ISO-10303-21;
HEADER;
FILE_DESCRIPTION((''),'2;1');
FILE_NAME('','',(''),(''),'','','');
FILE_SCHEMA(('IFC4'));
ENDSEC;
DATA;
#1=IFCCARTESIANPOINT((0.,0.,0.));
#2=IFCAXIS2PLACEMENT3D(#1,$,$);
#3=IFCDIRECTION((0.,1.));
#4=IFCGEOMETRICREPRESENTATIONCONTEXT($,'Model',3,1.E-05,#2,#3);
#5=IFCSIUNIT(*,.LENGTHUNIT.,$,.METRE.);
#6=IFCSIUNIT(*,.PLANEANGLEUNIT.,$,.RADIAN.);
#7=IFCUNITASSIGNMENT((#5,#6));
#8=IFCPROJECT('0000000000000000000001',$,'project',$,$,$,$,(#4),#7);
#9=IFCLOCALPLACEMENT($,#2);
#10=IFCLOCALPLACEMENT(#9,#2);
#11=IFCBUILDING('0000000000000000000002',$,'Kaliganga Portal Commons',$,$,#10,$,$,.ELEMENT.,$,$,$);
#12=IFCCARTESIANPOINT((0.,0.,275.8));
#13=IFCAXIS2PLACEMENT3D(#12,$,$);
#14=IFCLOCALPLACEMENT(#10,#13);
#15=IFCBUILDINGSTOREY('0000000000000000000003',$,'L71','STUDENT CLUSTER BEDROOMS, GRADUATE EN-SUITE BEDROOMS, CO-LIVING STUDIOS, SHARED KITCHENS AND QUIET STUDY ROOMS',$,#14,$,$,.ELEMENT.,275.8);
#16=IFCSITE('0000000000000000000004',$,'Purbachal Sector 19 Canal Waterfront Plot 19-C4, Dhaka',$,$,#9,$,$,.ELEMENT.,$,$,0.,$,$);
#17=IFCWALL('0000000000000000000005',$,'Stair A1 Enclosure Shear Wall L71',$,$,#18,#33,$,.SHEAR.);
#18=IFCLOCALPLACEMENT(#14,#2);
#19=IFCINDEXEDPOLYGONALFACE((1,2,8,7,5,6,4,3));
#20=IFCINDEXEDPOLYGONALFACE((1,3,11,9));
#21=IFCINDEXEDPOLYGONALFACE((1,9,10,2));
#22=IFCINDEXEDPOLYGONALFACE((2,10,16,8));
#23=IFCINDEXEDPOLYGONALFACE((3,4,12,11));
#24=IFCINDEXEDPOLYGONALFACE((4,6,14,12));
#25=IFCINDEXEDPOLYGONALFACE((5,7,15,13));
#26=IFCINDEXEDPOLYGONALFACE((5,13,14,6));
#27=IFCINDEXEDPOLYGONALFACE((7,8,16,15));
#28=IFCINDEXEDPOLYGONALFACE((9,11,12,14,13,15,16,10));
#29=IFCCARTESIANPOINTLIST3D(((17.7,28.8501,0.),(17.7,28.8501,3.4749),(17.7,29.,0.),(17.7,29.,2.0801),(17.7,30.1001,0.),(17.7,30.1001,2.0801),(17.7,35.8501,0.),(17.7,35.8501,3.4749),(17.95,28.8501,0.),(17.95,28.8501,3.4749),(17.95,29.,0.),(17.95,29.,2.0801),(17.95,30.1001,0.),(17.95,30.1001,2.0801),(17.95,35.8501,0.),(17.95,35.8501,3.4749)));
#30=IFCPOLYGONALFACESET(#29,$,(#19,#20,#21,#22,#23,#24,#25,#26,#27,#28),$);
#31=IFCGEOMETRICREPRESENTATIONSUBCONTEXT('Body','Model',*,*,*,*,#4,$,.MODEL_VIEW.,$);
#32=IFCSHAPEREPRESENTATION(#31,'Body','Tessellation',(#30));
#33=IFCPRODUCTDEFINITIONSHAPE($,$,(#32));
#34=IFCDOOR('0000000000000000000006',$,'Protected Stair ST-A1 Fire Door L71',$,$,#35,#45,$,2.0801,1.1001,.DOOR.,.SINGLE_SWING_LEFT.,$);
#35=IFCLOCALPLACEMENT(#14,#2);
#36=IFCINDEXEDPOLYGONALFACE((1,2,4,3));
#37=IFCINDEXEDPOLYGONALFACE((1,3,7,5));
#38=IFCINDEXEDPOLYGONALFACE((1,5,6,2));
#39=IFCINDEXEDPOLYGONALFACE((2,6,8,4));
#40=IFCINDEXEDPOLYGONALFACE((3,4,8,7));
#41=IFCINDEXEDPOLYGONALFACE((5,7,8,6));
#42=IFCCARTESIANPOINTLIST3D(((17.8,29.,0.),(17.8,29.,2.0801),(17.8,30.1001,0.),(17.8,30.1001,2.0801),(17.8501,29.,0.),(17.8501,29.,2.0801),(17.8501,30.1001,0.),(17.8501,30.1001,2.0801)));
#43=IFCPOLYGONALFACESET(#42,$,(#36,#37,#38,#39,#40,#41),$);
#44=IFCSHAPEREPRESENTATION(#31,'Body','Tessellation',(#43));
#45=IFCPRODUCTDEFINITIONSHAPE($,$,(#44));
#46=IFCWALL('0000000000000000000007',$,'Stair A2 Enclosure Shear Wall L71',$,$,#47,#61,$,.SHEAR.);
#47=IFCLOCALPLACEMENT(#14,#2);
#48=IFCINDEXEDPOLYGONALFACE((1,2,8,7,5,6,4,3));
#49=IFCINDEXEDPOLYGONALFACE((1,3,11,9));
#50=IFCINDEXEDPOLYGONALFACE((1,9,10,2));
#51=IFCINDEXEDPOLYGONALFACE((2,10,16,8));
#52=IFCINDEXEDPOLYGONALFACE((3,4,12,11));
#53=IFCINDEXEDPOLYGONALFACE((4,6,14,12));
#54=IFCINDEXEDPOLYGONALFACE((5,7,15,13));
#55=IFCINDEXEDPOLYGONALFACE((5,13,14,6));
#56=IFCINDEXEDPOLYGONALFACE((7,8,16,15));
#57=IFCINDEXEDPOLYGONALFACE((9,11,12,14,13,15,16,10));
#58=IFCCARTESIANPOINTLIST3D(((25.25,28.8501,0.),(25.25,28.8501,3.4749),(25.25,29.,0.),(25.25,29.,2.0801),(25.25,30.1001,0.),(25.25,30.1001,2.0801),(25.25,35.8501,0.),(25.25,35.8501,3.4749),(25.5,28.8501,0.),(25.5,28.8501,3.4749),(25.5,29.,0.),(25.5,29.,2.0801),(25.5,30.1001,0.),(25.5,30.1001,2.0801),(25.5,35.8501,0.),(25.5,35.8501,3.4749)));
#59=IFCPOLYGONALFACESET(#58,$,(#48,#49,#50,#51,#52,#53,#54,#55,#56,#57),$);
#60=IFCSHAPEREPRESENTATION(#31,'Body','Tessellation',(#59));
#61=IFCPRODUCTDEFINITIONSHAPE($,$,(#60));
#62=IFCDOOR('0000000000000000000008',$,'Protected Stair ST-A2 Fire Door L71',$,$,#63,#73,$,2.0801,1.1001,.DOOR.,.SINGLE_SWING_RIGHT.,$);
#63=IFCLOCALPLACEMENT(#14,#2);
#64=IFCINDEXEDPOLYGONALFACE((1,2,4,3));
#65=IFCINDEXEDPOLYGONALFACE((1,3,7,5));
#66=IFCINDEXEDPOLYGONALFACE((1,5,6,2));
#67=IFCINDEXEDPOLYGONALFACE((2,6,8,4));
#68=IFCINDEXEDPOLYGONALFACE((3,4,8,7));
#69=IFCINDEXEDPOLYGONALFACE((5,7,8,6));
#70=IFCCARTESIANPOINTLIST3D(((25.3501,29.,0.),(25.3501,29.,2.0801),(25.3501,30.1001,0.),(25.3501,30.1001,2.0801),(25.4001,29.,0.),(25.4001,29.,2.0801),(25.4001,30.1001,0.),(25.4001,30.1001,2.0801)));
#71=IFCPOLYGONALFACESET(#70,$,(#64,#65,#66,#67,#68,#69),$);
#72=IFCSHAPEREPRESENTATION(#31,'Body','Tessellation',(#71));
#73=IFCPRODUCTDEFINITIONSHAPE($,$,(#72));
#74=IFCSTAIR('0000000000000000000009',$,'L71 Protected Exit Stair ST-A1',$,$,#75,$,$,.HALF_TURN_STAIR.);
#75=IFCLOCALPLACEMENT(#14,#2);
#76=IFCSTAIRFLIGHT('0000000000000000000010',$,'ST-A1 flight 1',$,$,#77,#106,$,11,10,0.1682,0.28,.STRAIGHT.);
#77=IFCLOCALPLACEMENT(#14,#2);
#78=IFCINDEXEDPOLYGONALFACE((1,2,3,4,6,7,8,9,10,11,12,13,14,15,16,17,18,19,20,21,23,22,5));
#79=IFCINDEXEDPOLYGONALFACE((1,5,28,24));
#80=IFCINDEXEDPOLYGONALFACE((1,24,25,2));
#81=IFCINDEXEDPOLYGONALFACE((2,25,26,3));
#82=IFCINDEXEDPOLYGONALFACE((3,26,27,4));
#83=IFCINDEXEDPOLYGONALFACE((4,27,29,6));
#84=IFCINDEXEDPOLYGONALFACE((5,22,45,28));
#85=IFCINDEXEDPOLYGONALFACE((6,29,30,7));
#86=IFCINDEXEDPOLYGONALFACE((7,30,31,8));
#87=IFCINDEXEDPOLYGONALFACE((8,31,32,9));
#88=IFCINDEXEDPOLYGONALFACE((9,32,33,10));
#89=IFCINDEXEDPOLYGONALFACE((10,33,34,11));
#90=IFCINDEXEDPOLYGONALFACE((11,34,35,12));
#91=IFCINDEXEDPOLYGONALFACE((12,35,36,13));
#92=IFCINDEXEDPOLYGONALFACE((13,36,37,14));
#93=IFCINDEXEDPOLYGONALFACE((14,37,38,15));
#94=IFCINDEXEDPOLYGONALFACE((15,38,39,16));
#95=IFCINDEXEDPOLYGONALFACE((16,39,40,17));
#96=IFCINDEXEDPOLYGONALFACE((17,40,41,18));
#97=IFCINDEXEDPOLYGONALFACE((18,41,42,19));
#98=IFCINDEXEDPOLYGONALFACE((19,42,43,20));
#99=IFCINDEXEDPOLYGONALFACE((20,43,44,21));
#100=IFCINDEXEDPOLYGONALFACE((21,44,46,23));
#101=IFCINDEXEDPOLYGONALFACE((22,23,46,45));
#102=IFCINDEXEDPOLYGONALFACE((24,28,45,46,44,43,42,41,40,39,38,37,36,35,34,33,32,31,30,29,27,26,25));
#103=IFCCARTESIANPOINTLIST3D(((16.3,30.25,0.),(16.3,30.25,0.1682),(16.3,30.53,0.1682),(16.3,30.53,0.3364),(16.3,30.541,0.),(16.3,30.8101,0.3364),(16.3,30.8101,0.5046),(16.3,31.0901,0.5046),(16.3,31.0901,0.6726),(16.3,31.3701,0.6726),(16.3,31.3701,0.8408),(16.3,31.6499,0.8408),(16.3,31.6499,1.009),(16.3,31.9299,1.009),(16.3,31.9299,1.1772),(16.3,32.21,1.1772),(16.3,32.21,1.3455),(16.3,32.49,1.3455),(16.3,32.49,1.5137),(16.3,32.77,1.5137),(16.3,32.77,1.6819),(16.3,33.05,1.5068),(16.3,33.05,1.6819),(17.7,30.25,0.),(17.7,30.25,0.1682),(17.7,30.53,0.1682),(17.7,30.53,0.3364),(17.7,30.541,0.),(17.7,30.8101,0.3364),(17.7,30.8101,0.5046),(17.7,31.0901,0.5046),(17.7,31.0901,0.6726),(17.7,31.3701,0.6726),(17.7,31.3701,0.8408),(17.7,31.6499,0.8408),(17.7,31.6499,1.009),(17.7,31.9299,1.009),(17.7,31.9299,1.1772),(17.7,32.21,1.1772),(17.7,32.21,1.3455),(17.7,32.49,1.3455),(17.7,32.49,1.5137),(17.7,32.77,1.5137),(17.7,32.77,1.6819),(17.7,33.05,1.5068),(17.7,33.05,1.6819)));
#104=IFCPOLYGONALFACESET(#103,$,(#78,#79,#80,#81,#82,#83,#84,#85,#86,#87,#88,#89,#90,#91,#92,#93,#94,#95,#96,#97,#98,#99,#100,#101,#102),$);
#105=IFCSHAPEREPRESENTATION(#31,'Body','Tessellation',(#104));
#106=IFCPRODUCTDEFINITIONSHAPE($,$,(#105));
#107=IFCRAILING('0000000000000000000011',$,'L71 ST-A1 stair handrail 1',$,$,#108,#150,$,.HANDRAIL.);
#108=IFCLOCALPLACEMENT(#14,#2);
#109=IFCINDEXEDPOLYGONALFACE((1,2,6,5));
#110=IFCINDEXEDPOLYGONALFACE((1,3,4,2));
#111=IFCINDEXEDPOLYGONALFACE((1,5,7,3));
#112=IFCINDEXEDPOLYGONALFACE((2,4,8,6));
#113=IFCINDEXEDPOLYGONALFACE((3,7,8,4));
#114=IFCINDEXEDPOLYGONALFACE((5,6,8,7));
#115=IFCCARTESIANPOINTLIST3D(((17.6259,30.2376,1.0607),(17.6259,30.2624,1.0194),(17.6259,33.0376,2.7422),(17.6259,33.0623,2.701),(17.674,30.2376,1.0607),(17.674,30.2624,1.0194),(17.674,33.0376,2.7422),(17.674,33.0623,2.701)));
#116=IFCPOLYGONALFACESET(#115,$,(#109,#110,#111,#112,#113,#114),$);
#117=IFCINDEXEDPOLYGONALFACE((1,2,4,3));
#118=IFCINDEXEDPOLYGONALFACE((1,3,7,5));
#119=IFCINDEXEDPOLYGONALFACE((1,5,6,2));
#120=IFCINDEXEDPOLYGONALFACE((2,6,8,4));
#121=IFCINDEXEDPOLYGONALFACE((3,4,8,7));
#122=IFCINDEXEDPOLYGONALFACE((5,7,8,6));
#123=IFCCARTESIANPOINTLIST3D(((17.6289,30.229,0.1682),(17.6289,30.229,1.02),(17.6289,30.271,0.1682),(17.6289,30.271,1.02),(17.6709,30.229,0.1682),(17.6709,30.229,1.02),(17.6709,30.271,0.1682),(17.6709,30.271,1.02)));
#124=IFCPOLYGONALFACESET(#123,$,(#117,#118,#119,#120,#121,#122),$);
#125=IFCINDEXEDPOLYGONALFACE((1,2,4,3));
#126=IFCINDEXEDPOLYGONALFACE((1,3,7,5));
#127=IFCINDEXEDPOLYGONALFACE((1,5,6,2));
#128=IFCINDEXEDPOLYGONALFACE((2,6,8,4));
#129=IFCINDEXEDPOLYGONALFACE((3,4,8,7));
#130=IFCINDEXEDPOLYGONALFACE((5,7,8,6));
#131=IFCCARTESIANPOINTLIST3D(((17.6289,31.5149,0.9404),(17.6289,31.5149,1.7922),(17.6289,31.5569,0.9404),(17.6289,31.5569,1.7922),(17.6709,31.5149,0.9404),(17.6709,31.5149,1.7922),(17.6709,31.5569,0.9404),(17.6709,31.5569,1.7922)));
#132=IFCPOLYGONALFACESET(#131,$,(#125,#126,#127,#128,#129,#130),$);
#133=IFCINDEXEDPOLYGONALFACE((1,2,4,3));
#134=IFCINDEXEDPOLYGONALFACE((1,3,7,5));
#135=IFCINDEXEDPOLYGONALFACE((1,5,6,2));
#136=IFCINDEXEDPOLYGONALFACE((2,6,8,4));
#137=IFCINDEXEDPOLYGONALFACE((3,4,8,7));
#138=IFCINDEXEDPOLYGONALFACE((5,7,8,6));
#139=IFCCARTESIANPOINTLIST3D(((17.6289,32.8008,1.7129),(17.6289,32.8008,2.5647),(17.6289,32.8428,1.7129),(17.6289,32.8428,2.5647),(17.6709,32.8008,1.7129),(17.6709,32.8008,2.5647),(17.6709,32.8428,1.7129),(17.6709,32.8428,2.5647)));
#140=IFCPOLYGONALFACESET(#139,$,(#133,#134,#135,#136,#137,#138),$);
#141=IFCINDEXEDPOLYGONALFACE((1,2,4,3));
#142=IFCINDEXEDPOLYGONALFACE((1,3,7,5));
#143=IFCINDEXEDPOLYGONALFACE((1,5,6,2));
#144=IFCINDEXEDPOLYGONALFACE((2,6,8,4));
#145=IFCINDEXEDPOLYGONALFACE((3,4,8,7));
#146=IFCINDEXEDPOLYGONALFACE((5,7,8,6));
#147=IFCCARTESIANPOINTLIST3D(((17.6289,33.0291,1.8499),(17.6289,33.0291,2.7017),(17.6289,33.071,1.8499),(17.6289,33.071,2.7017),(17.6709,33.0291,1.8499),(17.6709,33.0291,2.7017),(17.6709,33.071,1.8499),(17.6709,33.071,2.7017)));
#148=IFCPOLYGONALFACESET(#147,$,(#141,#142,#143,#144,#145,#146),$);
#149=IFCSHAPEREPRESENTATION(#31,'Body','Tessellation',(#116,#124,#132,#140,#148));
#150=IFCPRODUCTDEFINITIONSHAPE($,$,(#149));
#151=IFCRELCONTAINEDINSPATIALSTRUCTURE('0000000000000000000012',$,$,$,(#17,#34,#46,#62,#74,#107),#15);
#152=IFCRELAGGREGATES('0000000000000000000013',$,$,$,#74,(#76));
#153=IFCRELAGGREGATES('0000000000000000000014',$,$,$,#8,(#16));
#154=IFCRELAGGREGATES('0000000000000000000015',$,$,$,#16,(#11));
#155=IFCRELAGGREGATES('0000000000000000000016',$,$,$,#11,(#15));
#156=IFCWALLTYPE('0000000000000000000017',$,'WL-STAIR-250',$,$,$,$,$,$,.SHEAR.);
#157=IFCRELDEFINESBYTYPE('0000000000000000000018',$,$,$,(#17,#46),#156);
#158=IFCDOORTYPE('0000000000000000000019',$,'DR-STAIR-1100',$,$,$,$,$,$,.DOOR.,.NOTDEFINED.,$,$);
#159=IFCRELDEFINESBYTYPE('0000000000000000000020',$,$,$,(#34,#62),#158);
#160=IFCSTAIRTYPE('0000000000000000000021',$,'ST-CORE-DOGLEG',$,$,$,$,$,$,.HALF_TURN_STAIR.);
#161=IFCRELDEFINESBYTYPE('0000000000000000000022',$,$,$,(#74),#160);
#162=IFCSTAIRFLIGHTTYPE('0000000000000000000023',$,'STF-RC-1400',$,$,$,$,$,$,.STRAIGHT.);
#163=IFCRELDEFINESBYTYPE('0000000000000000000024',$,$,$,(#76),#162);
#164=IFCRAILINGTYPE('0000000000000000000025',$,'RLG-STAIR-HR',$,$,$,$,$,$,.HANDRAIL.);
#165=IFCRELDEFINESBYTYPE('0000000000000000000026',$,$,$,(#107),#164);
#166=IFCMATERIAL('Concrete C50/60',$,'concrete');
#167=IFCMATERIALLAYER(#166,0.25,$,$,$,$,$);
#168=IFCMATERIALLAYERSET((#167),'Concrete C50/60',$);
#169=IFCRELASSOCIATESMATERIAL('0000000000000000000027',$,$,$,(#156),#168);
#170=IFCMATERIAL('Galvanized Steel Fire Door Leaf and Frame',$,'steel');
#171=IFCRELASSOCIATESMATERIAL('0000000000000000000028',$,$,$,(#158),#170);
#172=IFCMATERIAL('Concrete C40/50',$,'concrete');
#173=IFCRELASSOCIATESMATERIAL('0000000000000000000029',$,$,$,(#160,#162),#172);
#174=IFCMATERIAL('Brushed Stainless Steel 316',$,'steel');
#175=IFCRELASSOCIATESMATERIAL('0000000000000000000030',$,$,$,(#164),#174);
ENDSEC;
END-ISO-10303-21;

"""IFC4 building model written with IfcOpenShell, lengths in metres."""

from ifc_helpers import new_model, si_unit, direction, frame, frame_2d, origin, origin_2d, place, context, subcontext, project, spatial, polyline, rectangle, outline, extrude, material, layer, layer_set, type_object, element, fill, aggregate, save


model = new_model("IFC4")

# Units and contexts
model_context = context("Model", 3, precision=1e-05, world=origin(), true_north=direction((0.0, 1.0)))
body_context = subcontext(model_context, "Body", "Model", "MODEL_VIEW")
ifc_project = project(units=[si_unit("LENGTHUNIT", "METRE"), si_unit("PLANEANGLEUNIT", "RADIAN")], contexts=[model_context])

# Site, building, storey
site_placement = place(None, origin())
site = spatial("IfcSite", under=ifc_project, at=site_placement, Name="Purbachal Sector 19 Canal Waterfront Plot 19-C4, Dhaka", CompositionType="ELEMENT", RefElevation=0.0)
building_placement = place(site_placement, origin())
building = spatial("IfcBuilding", under=site, at=building_placement, Name="Kaliganga Portal Commons", CompositionType="ELEMENT")
storey_placement = place(building_placement, frame((0.0, 0.0, 275.8)))
storey = spatial("IfcBuildingStorey", under=building, at=storey_placement, Name="L71", Description="STUDENT CLUSTER BEDROOMS, GRADUATE EN-SUITE BEDROOMS, CO-LIVING STUDIOS, SHARED KITCHENS AND QUIET STUDY ROOMS", CompositionType="ELEMENT", Elevation=275.8)

# Shared definitions
ifc_material_1 = material(Name="Concrete C50/60", Category="concrete")

# Walls, openings, doors
ifc_layer_1 = layer(ifc_material_1, 0.25)
ifc_layer_set_1 = layer_set([ifc_layer_1], Name="Concrete C50/60")
wall_type_1 = type_object("IfcWallType", Name="WL-STAIR-250", PredefinedType="SHEAR", material=ifc_layer_set_1)
wall_1_placement = place(storey_placement, frame((17.825, 28.8501, 0.0), z_axis=(0.0, 0.0, 1.0), x_axis=(0.0, 1.0, 0.0)))
wall_1 = element("IfcWall", 1, at=wall_1_placement, inside=storey, type_object=wall_type_1, Name="Stair A1 Enclosure Shear Wall L71", PredefinedType="SHEAR", context=body_context, shape_type="SweptSolid", body=[
    extrude(rectangle(XDim=7.0, YDim=0.25, at=frame_2d((3.5, 0.0))), origin(), (0.0, 0.0, 1.0), 3.4749),
])
opening_1_placement = place(wall_1_placement, frame((0.1499, 0.0, 0.0)))
opening_1 = element("IfcOpeningElement", 2, at=opening_1_placement, cuts=wall_1, PredefinedType="OPENING", context=body_context, shape_type="SweptSolid", body=[
    extrude(rectangle(XDim=1.1001, YDim=2.0801, at=frame_2d((0.55, 1.04))), frame((0.0, 0.135, 0.0), z_axis=(0.0, -1.0, 0.0), x_axis=(1.0, 0.0, 0.0)), (0.0, 0.0, 1.0), 0.27),
])
ifc_material_2 = material(Name="Galvanized Steel Fire Door Leaf and Frame", Category="steel")
door_type_1 = type_object("IfcDoorType", Name="DR-STAIR-1100", OperationType="NOTDEFINED", PredefinedType="DOOR", material=ifc_material_2)
door_1_placement = place(opening_1_placement, origin())
door_1 = element("IfcDoor", 3, at=door_1_placement, inside=storey, type_object=door_type_1, Name="Protected Stair ST-A1 Fire Door L71", OperationType="SINGLE_SWING_LEFT", OverallHeight=2.0801, OverallWidth=1.1001, PredefinedType="DOOR", context=body_context, shape_type="SweptSolid", body=[
    extrude(rectangle(XDim=1.1001, YDim=2.0801, at=frame_2d((0.55, 1.04))), frame((0.0, 0.0249, 0.0), z_axis=(0.0, -1.0, 0.0), x_axis=(1.0, 0.0, 0.0)), (0.0, 0.0, 1.0), 0.05),
])
fill(opening_1, door_1)
wall_2_placement = place(storey_placement, frame((25.375, 28.8501, 0.0), z_axis=(0.0, 0.0, 1.0), x_axis=(0.0, 1.0, 0.0)))
wall_2 = element("IfcWall", 4, at=wall_2_placement, inside=storey, type_object=wall_type_1, Name="Stair A2 Enclosure Shear Wall L71", PredefinedType="SHEAR", context=body_context, shape_type="SweptSolid", body=[
    extrude(rectangle(XDim=7.0, YDim=0.25, at=frame_2d((3.5, 0.0))), origin(), (0.0, 0.0, 1.0), 3.4749),
])
opening_2_placement = place(wall_2_placement, frame((0.1499, 0.0, 0.0)))
opening_2 = element("IfcOpeningElement", 5, at=opening_2_placement, cuts=wall_2, PredefinedType="OPENING", context=body_context, shape_type="SweptSolid", body=[
    extrude(rectangle(XDim=1.1001, YDim=2.0801, at=frame_2d((0.55, 1.04))), frame((0.0, 0.135, 0.0), z_axis=(0.0, -1.0, 0.0), x_axis=(1.0, 0.0, 0.0)), (0.0, 0.0, 1.0), 0.27),
])
door_2_placement = place(opening_2_placement, origin())
door_2 = element("IfcDoor", 6, at=door_2_placement, inside=storey, type_object=door_type_1, Name="Protected Stair ST-A2 Fire Door L71", OperationType="SINGLE_SWING_RIGHT", OverallHeight=2.0801, OverallWidth=1.1001, PredefinedType="DOOR", context=body_context, shape_type="SweptSolid", body=[
    extrude(rectangle(XDim=1.1001, YDim=2.0801, at=frame_2d((0.55, 1.04))), frame((0.0, 0.0249, 0.0), z_axis=(0.0, -1.0, 0.0), x_axis=(1.0, 0.0, 0.0)), (0.0, 0.0, 1.0), 0.05),
])
fill(opening_2, door_2)

# Stair, stair flight
ifc_material_3 = material(Name="Concrete C40/50", Category="concrete")
stair_type = type_object("IfcStairType", Name="ST-CORE-DOGLEG", PredefinedType="HALF_TURN_STAIR", material=ifc_material_3)
stair_placement = place(storey_placement, origin())
stair = element("IfcStair", 7, at=stair_placement, inside=storey, type_object=stair_type, Name="L71 Protected Exit Stair ST-A1", PredefinedType="HALF_TURN_STAIR")
stair_flight_type = type_object("IfcStairFlightType", Name="STF-RC-1400", PredefinedType="STRAIGHT", material=ifc_material_3)
stair_flight_placement = place(storey_placement, frame((17.0, 30.25, 0.0), z_axis=(0.0, 0.0, 1.0), x_axis=(0.0, 1.0, 0.0)))
stair_flight = element("IfcStairFlight", 8, at=stair_flight_placement, type_object=stair_flight_type, Name="ST-A1 flight 1", NumberOfRisers=11, NumberOfTreads=10, PredefinedType="STRAIGHT", RiserHeight=0.1682, TreadLength=0.28, context=body_context, shape_type="SweptSolid", body=[
    extrude(outline(polyline([(0.0, 0.0), (0.0, 0.1682), (0.28, 0.1682), (0.28, 0.3364), (0.5601, 0.3364), (0.5601, 0.5046), (0.8401, 0.5046), (0.8401, 0.6726), (1.1201, 0.6726), (1.1201, 0.8408), (1.3999, 0.8408), (1.3999, 1.009), (1.6799, 1.009), (1.6799, 1.1772), (1.96, 1.1772), (1.96, 1.3455), (2.24, 1.3455), (2.24, 1.5137), (2.52, 1.5137), (2.52, 1.6819), (2.8, 1.6819), (2.8, 1.8501), (2.8, 1.5068), (0.291, 0.0), (0.0, 0.0)])), frame((0.0, 0.7, 0.0), z_axis=(0.0, -1.0, 0.0), x_axis=(1.0, 0.0, 0.0)), (0.0, 0.0, 1.0), 1.3999),
])
aggregate(stair, [stair_flight])

# Railing
ifc_material_4 = material(Name="Brushed Stainless Steel 316", Category="steel")
railing_type = type_object("IfcRailingType", Name="RLG-STAIR-HR", PredefinedType="HANDRAIL", material=ifc_material_4)
railing_placement = place(storey_placement, frame((17.6499, 30.25, 0.1682)))
element("IfcRailing", 9, at=railing_placement, inside=storey, type_object=railing_type, Name="L71 ST-A1 stair handrail 1", PredefinedType="HANDRAIL", context=body_context, shape_type="SweptSolid", body=[
    extrude(rectangle(XDim=0.0481, YDim=0.0481, at=origin_2d()), frame((0.0, 0.0, 0.8718), z_axis=(0.0, 0.857275, 0.514858), x_axis=(-1.0, 0.0, 0.0)), (0.0, 0.0, 1.0), 3.2661),
    extrude(rectangle(XDim=0.042, YDim=0.042, at=origin_2d()), origin(), (0.0, 0.0, 1.0), 0.8518),
    extrude(rectangle(XDim=0.042, YDim=0.042, at=origin_2d()), frame((0.0, 1.2859, 0.7722)), (0.0, 0.0, 1.0), 0.8518),
    extrude(rectangle(XDim=0.042, YDim=0.042, at=origin_2d()), frame((0.0, 2.5718, 1.5447)), (0.0, 0.0, 1.0), 0.8518),
    extrude(rectangle(XDim=0.042, YDim=0.042, at=origin_2d()), frame((0.0, 2.8, 1.6816)), (0.0, 0.0, 1.0), 0.8518),
])

save(model, "model.ifc")
